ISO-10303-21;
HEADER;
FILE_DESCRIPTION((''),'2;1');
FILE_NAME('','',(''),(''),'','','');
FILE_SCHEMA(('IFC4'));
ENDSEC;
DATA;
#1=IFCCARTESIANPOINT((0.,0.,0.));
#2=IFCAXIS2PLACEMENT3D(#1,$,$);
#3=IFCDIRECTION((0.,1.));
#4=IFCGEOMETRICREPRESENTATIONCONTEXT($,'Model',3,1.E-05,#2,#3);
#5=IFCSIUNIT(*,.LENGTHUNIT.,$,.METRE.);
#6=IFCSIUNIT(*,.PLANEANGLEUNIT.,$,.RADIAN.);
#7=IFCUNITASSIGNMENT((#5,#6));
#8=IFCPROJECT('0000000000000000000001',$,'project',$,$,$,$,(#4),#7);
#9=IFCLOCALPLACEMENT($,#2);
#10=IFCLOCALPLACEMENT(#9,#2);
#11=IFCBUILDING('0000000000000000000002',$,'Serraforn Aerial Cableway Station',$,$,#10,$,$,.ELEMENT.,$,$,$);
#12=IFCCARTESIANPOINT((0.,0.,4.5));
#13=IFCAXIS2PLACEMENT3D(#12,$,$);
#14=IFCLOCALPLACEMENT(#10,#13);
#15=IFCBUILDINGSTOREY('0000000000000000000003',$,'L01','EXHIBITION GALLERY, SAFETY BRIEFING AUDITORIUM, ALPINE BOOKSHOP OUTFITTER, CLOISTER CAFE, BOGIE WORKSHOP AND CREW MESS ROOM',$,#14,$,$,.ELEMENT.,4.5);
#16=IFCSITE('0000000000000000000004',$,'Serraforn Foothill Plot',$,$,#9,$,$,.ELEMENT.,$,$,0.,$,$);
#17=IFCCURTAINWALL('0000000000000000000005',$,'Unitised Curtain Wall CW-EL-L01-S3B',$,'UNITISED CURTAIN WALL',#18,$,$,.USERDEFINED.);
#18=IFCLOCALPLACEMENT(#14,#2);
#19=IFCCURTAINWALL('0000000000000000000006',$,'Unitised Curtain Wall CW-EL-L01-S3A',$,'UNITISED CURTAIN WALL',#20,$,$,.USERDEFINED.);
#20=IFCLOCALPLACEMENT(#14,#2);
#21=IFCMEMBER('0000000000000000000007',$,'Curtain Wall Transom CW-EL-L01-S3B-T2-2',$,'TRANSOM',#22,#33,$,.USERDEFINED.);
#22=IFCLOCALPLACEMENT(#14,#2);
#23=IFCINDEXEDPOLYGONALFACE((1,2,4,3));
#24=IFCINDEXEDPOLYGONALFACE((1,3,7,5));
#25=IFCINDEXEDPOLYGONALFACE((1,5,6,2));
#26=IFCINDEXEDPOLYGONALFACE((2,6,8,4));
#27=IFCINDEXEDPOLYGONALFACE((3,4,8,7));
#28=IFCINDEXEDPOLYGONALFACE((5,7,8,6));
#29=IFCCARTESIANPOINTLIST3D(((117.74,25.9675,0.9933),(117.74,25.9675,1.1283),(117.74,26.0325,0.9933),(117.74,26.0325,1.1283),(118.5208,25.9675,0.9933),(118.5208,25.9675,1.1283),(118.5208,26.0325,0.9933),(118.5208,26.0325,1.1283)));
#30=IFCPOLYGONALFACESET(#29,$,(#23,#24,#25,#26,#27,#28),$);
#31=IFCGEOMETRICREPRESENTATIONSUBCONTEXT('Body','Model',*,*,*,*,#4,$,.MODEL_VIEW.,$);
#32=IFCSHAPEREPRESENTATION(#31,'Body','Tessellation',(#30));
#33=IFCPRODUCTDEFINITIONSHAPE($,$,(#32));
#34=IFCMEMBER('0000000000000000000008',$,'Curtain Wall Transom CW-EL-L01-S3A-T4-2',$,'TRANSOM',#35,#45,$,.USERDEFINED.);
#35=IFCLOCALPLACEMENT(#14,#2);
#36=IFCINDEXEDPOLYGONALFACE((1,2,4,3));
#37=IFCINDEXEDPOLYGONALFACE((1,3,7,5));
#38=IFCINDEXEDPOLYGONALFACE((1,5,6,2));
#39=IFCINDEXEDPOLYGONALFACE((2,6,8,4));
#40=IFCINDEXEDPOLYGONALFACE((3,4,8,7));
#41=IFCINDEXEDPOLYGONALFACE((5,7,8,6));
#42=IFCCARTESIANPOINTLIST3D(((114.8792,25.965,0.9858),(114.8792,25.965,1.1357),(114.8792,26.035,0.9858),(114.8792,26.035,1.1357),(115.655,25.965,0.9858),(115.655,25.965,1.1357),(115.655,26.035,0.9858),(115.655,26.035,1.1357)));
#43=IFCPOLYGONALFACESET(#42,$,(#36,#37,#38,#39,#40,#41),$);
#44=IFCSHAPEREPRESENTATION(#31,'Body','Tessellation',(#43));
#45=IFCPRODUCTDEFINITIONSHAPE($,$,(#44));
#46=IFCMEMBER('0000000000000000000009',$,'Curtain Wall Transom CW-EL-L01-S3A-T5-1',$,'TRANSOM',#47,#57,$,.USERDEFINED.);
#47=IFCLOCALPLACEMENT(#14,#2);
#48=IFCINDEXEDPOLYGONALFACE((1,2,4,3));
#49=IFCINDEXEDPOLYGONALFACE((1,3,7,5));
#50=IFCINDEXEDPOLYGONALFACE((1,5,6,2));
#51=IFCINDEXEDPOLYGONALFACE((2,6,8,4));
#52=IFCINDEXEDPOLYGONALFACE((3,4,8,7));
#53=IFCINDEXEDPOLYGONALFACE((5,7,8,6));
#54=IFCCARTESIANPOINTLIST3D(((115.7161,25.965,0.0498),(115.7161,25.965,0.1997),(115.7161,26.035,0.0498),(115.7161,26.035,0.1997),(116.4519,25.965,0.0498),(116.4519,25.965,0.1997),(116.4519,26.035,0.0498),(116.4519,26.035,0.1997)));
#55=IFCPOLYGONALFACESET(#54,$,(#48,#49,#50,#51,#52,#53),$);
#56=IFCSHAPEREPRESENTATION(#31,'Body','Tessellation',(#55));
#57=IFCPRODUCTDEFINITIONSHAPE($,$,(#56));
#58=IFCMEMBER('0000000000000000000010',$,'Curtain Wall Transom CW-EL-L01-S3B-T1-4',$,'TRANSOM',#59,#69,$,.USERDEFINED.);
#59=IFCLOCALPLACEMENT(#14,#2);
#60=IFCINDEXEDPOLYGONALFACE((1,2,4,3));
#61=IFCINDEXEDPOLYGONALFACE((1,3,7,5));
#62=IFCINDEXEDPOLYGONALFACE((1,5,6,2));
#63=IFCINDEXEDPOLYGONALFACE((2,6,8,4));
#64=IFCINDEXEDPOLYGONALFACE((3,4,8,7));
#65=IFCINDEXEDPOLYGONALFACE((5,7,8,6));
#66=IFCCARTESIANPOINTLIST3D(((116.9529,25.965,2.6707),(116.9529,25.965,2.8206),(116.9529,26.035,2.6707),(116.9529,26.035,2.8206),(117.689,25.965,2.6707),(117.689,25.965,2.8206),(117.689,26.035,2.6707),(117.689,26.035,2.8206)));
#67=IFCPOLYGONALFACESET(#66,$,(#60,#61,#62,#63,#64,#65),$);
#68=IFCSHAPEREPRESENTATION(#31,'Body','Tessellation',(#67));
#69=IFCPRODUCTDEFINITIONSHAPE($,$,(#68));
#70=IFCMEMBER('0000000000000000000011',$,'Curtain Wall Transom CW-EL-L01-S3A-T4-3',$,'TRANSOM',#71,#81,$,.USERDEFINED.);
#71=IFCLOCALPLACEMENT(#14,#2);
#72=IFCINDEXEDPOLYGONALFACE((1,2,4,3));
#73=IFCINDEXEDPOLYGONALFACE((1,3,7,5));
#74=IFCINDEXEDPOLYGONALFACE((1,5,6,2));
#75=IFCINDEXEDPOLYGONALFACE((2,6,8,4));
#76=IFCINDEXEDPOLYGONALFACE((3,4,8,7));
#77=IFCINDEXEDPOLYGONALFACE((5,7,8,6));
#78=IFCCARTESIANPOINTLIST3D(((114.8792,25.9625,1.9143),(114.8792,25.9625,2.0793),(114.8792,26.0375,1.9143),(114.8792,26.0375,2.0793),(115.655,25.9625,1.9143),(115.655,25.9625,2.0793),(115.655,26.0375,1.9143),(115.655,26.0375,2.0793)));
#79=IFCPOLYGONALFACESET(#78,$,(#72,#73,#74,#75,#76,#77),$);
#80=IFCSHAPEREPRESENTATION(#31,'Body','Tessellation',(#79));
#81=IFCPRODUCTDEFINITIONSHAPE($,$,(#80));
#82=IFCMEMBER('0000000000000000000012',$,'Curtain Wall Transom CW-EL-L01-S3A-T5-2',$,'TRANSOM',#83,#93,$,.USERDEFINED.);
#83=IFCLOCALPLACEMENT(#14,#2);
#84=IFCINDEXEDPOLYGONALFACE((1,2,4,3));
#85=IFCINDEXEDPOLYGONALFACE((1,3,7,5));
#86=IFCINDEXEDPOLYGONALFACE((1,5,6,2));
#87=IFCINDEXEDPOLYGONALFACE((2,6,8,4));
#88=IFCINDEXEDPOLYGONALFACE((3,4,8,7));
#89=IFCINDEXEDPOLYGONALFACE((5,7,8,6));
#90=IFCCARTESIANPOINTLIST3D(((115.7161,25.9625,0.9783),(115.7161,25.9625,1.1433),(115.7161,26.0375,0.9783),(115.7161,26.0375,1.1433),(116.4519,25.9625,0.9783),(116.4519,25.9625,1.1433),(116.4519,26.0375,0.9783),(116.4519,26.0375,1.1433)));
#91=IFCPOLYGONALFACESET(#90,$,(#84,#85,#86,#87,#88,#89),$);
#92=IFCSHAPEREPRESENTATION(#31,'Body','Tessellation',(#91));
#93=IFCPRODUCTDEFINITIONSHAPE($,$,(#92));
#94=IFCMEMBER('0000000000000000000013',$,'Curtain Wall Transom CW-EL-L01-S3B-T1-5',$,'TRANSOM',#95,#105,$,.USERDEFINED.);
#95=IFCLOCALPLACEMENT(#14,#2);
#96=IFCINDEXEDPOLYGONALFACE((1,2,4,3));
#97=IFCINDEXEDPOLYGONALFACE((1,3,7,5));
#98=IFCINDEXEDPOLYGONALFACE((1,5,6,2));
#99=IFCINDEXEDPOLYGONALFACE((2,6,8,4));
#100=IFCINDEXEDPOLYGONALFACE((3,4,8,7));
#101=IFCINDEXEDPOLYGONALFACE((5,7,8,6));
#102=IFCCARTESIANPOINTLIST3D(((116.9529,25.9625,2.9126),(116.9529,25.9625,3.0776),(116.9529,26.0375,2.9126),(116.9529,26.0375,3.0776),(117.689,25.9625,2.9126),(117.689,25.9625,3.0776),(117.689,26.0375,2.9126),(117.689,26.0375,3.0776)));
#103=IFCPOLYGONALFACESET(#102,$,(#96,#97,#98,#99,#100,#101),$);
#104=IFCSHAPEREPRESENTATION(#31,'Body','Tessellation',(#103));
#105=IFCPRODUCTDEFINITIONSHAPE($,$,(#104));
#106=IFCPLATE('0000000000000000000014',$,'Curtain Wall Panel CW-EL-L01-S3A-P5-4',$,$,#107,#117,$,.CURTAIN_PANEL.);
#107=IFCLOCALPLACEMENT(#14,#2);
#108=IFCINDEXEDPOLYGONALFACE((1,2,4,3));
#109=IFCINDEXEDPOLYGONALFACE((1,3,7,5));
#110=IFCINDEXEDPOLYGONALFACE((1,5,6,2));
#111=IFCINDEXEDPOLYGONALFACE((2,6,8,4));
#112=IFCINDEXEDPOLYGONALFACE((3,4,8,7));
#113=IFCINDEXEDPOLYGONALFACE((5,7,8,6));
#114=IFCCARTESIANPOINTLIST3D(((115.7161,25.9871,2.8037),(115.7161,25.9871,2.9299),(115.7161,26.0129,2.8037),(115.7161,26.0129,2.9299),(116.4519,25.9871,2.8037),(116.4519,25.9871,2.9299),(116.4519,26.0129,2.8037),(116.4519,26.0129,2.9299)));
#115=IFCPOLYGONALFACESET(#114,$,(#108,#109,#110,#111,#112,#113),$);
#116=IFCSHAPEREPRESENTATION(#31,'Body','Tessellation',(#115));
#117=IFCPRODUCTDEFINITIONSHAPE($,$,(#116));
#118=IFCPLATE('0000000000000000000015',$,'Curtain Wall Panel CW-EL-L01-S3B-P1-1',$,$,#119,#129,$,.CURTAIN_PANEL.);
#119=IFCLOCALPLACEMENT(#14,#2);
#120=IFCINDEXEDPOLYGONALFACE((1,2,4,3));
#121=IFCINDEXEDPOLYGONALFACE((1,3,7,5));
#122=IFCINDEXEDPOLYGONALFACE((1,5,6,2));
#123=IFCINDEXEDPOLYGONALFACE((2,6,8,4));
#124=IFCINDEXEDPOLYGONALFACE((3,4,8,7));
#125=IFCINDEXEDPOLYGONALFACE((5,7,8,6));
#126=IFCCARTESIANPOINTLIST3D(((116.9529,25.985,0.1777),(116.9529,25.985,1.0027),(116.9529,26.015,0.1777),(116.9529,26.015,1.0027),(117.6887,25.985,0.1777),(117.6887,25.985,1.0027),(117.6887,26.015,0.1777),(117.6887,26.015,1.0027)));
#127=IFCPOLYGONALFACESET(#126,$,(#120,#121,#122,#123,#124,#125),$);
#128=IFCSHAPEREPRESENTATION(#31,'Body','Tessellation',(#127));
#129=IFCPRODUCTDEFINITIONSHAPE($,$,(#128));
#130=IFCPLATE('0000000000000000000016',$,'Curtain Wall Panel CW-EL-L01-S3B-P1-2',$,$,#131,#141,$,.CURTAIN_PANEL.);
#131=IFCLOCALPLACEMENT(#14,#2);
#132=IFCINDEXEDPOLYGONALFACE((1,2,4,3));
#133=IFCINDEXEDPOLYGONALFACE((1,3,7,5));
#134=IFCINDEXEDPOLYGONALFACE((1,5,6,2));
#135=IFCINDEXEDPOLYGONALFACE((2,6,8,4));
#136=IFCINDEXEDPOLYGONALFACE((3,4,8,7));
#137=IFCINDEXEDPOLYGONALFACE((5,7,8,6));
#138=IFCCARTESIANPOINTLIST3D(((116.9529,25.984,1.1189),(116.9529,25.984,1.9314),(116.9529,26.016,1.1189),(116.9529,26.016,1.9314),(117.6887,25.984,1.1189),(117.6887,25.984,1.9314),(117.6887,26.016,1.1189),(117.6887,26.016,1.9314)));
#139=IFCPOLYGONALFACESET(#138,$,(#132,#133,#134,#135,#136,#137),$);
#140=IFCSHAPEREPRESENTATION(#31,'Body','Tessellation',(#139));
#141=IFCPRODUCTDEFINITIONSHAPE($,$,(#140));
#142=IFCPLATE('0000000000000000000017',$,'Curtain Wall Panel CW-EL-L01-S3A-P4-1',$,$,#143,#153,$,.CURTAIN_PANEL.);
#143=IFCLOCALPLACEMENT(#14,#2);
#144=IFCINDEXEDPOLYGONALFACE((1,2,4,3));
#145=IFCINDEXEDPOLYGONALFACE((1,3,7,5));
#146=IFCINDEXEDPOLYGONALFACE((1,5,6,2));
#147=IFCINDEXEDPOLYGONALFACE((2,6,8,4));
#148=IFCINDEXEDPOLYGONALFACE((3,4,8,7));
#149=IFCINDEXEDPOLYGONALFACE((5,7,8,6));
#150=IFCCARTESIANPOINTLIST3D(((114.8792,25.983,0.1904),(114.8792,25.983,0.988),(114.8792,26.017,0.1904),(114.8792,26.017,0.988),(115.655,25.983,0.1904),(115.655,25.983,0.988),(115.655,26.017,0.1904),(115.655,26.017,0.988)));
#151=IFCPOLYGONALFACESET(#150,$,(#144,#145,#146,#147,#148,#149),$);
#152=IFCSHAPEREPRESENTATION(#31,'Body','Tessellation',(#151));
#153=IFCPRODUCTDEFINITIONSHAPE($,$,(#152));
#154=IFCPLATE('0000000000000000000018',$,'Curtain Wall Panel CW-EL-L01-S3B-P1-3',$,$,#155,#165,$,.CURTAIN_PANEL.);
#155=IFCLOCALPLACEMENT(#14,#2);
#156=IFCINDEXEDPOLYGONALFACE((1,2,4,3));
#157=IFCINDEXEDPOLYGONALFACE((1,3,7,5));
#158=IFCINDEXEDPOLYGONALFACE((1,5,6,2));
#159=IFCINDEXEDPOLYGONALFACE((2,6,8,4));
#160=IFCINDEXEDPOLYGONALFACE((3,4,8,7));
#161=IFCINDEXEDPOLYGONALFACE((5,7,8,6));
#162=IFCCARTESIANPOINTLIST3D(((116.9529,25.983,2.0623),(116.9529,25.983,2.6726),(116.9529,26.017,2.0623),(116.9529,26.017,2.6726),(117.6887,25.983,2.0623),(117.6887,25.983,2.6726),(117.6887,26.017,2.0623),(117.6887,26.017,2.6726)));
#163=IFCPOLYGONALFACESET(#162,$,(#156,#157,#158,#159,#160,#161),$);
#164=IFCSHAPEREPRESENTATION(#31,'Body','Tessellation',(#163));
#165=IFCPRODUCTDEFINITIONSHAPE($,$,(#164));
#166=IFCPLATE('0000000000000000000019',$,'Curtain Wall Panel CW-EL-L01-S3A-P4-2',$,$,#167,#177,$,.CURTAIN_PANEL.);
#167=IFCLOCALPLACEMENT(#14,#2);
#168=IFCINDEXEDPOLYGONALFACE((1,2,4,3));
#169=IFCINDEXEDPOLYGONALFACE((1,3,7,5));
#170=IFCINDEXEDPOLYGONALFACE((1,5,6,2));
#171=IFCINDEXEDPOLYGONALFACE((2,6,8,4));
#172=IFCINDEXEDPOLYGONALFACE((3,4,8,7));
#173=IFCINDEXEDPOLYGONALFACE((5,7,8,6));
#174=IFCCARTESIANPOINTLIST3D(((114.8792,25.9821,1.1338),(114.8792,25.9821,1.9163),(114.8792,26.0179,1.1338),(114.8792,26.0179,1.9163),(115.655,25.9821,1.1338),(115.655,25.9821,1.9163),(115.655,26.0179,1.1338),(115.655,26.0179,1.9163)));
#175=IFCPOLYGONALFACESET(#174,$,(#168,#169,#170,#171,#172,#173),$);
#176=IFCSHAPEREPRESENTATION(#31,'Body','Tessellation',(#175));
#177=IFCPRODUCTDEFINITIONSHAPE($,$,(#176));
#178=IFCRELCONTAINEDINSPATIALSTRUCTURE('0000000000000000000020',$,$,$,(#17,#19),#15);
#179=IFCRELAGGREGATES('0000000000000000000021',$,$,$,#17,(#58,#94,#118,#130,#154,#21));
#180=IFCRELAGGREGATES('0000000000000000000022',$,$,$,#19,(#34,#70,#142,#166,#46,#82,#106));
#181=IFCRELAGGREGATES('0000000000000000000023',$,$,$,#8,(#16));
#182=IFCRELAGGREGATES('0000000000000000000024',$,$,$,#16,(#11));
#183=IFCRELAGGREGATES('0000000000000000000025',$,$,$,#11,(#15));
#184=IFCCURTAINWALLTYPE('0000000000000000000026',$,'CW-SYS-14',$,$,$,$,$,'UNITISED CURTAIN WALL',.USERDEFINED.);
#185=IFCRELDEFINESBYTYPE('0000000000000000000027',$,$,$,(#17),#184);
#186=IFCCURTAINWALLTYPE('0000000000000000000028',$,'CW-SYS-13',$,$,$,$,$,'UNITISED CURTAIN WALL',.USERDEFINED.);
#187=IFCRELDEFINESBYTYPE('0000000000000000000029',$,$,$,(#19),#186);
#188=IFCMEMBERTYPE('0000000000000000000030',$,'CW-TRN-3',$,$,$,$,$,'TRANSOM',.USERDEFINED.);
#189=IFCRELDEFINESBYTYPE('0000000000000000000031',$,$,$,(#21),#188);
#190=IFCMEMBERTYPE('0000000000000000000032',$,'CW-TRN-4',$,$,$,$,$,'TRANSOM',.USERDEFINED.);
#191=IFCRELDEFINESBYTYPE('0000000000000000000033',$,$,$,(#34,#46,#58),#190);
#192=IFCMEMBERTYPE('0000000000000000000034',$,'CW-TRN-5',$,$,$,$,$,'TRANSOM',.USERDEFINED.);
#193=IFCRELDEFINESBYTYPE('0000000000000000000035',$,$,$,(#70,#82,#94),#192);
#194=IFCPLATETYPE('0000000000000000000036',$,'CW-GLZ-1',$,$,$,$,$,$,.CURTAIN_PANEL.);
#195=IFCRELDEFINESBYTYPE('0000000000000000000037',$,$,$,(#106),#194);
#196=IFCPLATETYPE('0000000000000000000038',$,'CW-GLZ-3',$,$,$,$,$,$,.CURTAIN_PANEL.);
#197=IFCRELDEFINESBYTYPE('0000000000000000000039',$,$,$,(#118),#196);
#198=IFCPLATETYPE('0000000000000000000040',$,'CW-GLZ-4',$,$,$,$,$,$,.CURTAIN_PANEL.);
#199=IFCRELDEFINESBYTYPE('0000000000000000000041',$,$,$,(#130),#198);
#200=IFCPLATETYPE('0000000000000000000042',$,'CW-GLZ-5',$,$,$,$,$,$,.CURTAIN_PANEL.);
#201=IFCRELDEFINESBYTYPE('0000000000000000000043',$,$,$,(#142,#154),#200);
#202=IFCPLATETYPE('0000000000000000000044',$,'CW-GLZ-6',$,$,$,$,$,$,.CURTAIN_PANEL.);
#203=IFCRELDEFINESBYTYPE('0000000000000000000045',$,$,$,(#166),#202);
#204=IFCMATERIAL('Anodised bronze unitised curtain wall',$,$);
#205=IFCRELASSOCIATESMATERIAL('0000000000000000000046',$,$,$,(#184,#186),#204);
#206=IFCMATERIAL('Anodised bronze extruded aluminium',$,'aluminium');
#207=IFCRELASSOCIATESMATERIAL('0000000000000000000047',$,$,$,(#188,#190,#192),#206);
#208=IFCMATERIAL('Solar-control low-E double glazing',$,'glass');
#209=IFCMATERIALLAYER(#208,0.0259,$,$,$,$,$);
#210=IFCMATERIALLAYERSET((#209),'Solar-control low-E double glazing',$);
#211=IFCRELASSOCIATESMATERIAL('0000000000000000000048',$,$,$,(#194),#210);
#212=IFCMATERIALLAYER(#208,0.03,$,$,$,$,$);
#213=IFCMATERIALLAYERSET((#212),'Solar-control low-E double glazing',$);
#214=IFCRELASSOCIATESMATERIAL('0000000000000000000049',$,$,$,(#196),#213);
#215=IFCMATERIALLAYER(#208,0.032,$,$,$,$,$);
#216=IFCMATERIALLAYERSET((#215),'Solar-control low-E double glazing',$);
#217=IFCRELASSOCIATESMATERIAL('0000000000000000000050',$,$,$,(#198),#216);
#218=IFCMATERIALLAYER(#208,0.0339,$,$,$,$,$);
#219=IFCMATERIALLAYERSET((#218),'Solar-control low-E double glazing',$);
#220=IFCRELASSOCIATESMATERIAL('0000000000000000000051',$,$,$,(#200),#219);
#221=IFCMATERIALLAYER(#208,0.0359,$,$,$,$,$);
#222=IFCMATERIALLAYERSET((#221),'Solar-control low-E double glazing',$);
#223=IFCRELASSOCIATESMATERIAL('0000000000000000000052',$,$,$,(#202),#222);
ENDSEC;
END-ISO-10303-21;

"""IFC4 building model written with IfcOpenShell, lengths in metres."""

from ifc_helpers import new_model, si_unit, direction, frame, origin, origin_2d, place, context, subcontext, project, spatial, rectangle, extrude, material, layer, layer_set, material_profile, profile_set, type_object, element, aggregate, save


model = new_model("IFC4")

# Units and contexts
model_context = context("Model", 3, precision=1e-05, world=origin(), true_north=direction((0.0, 1.0)))
body_context = subcontext(model_context, "Body", "Model", "MODEL_VIEW")
ifc_project = project(units=[si_unit("LENGTHUNIT", "METRE"), si_unit("PLANEANGLEUNIT", "RADIAN")], contexts=[model_context])

# Site, building, storey
site_placement = place(None, origin())
site = spatial("IfcSite", under=ifc_project, at=site_placement, Name="Serraforn Foothill Plot", CompositionType="ELEMENT", RefElevation=0.0)
building_placement = place(site_placement, origin())
building = spatial("IfcBuilding", under=site, at=building_placement, Name="Serraforn Aerial Cableway Station", CompositionType="ELEMENT")
storey_placement = place(building_placement, frame((0.0, 0.0, 4.5)))
storey = spatial("IfcBuildingStorey", under=building, at=storey_placement, Name="L01", Description="EXHIBITION GALLERY, SAFETY BRIEFING AUDITORIUM, ALPINE BOOKSHOP OUTFITTER, CLOISTER CAFE, BOGIE WORKSHOP AND CREW MESS ROOM", CompositionType="ELEMENT", Elevation=4.5)

# Curtain wall
ifc_material_1 = material(Name="Anodised bronze unitised curtain wall")
curtain_wall_type_1 = type_object("IfcCurtainWallType", Name="CW-SYS-14", ElementType="UNITISED CURTAIN WALL", PredefinedType="USERDEFINED", material=ifc_material_1)
curtain_wall_1_placement = place(storey_placement, origin())
curtain_wall_1 = element("IfcCurtainWall", 1, at=curtain_wall_1_placement, inside=storey, type_object=curtain_wall_type_1, Name="Unitised Curtain Wall CW-EL-L01-S3B", ObjectType="UNITISED CURTAIN WALL", PredefinedType="USERDEFINED")
ifc_material_2 = material(Name="Anodised bronze extruded aluminium", Category="aluminium")

# Curtain wall
curtain_wall_type_2 = type_object("IfcCurtainWallType", Name="CW-SYS-13", ElementType="UNITISED CURTAIN WALL", PredefinedType="USERDEFINED", material=ifc_material_1)
curtain_wall_2_placement = place(storey_placement, origin())
curtain_wall_2 = element("IfcCurtainWall", 2, at=curtain_wall_2_placement, inside=storey, type_object=curtain_wall_type_2, Name="Unitised Curtain Wall CW-EL-L01-S3A", ObjectType="UNITISED CURTAIN WALL", PredefinedType="USERDEFINED")

# Members
ifc_material_profile_1 = material_profile(ifc_material_2, rectangle(XDim=0.0649, YDim=0.135, at=origin_2d()), Name="CW TRANSOM 65x135")
ifc_profile_set_1 = profile_set([ifc_material_profile_1], Name="Anodised bronze extruded aluminium")
member_type_1 = type_object("IfcMemberType", Name="CW-TRN-3", ElementType="TRANSOM", PredefinedType="USERDEFINED", material=ifc_profile_set_1)
member_1_placement = place(storey_placement, frame((117.74, 26.0, 1.0608), z_axis=(1.0, 0.0, 0.0), x_axis=(0.0, 1.0, 0.0)))
member_1 = element("IfcMember", 3, at=member_1_placement, type_object=member_type_1, Name="Curtain Wall Transom CW-EL-L01-S3B-T2-2", ObjectType="TRANSOM", PredefinedType="USERDEFINED", context=body_context, shape_type="SweptSolid", body=[
    extrude(rectangle(XDim=0.0649, YDim=0.135, at=origin_2d()), origin(), (0.0, 0.0, 1.0), 0.7808),
])
ifc_material_profile_2 = material_profile(ifc_material_2, rectangle(XDim=0.0701, YDim=0.1499, at=origin_2d()), Name="CW TRANSOM 70x150")
ifc_profile_set_2 = profile_set([ifc_material_profile_2], Name="Anodised bronze extruded aluminium")
member_type_2 = type_object("IfcMemberType", Name="CW-TRN-4", ElementType="TRANSOM", PredefinedType="USERDEFINED", material=ifc_profile_set_2)
member_2_placement = place(storey_placement, frame((114.8792, 26.0, 1.0608), z_axis=(1.0, 0.0, 0.0), x_axis=(0.0, 1.0, 0.0)))
member_2 = element("IfcMember", 4, at=member_2_placement, type_object=member_type_2, Name="Curtain Wall Transom CW-EL-L01-S3A-T4-2", ObjectType="TRANSOM", PredefinedType="USERDEFINED", context=body_context, shape_type="SweptSolid", body=[
    extrude(rectangle(XDim=0.0701, YDim=0.1499, at=origin_2d()), origin(), (0.0, 0.0, 1.0), 0.7759),
])
member_3_placement = place(storey_placement, frame((115.7161, 26.0, 0.1248), z_axis=(1.0, 0.0, 0.0), x_axis=(0.0, 1.0, 0.0)))
member_3 = element("IfcMember", 5, at=member_3_placement, type_object=member_type_2, Name="Curtain Wall Transom CW-EL-L01-S3A-T5-1", ObjectType="TRANSOM", PredefinedType="USERDEFINED", context=body_context, shape_type="SweptSolid", body=[
    extrude(rectangle(XDim=0.0701, YDim=0.1499, at=origin_2d()), origin(), (0.0, 0.0, 1.0), 0.7358),
])
member_4_placement = place(storey_placement, frame((116.9529, 26.0, 2.7456), z_axis=(1.0, 0.0, 0.0), x_axis=(0.0, 1.0, 0.0)))
member_4 = element("IfcMember", 6, at=member_4_placement, type_object=member_type_2, Name="Curtain Wall Transom CW-EL-L01-S3B-T1-4", ObjectType="TRANSOM", PredefinedType="USERDEFINED", context=body_context, shape_type="SweptSolid", body=[
    extrude(rectangle(XDim=0.0701, YDim=0.1499, at=origin_2d()), origin(), (0.0, 0.0, 1.0), 0.7361),
])
ifc_material_profile_3 = material_profile(ifc_material_2, rectangle(XDim=0.075, YDim=0.165, at=origin_2d()), Name="CW TRANSOM 75x165")
ifc_profile_set_3 = profile_set([ifc_material_profile_3], Name="Anodised bronze extruded aluminium")
member_type_3 = type_object("IfcMemberType", Name="CW-TRN-5", ElementType="TRANSOM", PredefinedType="USERDEFINED", material=ifc_profile_set_3)
member_5_placement = place(storey_placement, frame((114.8792, 26.0, 1.9968), z_axis=(1.0, 0.0, 0.0), x_axis=(0.0, 1.0, 0.0)))
member_5 = element("IfcMember", 7, at=member_5_placement, type_object=member_type_3, Name="Curtain Wall Transom CW-EL-L01-S3A-T4-3", ObjectType="TRANSOM", PredefinedType="USERDEFINED", context=body_context, shape_type="SweptSolid", body=[
    extrude(rectangle(XDim=0.075, YDim=0.165, at=origin_2d()), origin(), (0.0, 0.0, 1.0), 0.7759),
])
member_6_placement = place(storey_placement, frame((115.7161, 26.0, 1.0608), z_axis=(1.0, 0.0, 0.0), x_axis=(0.0, 1.0, 0.0)))
member_6 = element("IfcMember", 8, at=member_6_placement, type_object=member_type_3, Name="Curtain Wall Transom CW-EL-L01-S3A-T5-2", ObjectType="TRANSOM", PredefinedType="USERDEFINED", context=body_context, shape_type="SweptSolid", body=[
    extrude(rectangle(XDim=0.075, YDim=0.165, at=origin_2d()), origin(), (0.0, 0.0, 1.0), 0.7358),
])
member_7_placement = place(storey_placement, frame((116.9529, 26.0, 2.9951), z_axis=(1.0, 0.0, 0.0), x_axis=(0.0, 1.0, 0.0)))
member_7 = element("IfcMember", 9, at=member_7_placement, type_object=member_type_3, Name="Curtain Wall Transom CW-EL-L01-S3B-T1-5", ObjectType="TRANSOM", PredefinedType="USERDEFINED", context=body_context, shape_type="SweptSolid", body=[
    extrude(rectangle(XDim=0.075, YDim=0.165, at=origin_2d()), origin(), (0.0, 0.0, 1.0), 0.7361),
])

# Plates
ifc_material_3 = material(Name="Solar-control low-E double glazing", Category="glass")
ifc_layer_1 = layer(ifc_material_3, 0.0259)
ifc_layer_set_1 = layer_set([ifc_layer_1], Name="Solar-control low-E double glazing")
plate_type_1 = type_object("IfcPlateType", Name="CW-GLZ-1", PredefinedType="CURTAIN_PANEL", material=ifc_layer_set_1)
plate_1_placement = place(storey_placement, frame((116.084, 26.0, 2.8037), z_axis=(0.0, 0.0, 1.0), x_axis=(1.0, 0.0, 0.0)))
plate_1 = element("IfcPlate", 10, at=plate_1_placement, type_object=plate_type_1, Name="Curtain Wall Panel CW-EL-L01-S3A-P5-4", PredefinedType="CURTAIN_PANEL", context=body_context, shape_type="SweptSolid", body=[
    extrude(rectangle(XDim=0.7358, YDim=0.0259, at=origin_2d()), origin(), (0.0, 0.0, 1.0), 0.1262),
])
ifc_layer_2 = layer(ifc_material_3, 0.03)
ifc_layer_set_2 = layer_set([ifc_layer_2], Name="Solar-control low-E double glazing")
plate_type_2 = type_object("IfcPlateType", Name="CW-GLZ-3", PredefinedType="CURTAIN_PANEL", material=ifc_layer_set_2)
plate_2_placement = place(storey_placement, frame((117.3208, 26.0, 0.1777), z_axis=(0.0, 0.0, 1.0), x_axis=(1.0, 0.0, 0.0)))
plate_2 = element("IfcPlate", 11, at=plate_2_placement, type_object=plate_type_2, Name="Curtain Wall Panel CW-EL-L01-S3B-P1-1", PredefinedType="CURTAIN_PANEL", context=body_context, shape_type="SweptSolid", body=[
    extrude(rectangle(XDim=0.7358, YDim=0.03, at=origin_2d()), origin(), (0.0, 0.0, 1.0), 0.825),
])
ifc_layer_3 = layer(ifc_material_3, 0.032)
ifc_layer_set_3 = layer_set([ifc_layer_3], Name="Solar-control low-E double glazing")
plate_type_3 = type_object("IfcPlateType", Name="CW-GLZ-4", PredefinedType="CURTAIN_PANEL", material=ifc_layer_set_3)
plate_3_placement = place(storey_placement, frame((117.3208, 26.0, 1.1189), z_axis=(0.0, 0.0, 1.0), x_axis=(1.0, 0.0, 0.0)))
plate_3 = element("IfcPlate", 12, at=plate_3_placement, type_object=plate_type_3, Name="Curtain Wall Panel CW-EL-L01-S3B-P1-2", PredefinedType="CURTAIN_PANEL", context=body_context, shape_type="SweptSolid", body=[
    extrude(rectangle(XDim=0.7358, YDim=0.032, at=origin_2d()), origin(), (0.0, 0.0, 1.0), 0.8125),
])
ifc_layer_4 = layer(ifc_material_3, 0.0339)
ifc_layer_set_4 = layer_set([ifc_layer_4], Name="Solar-control low-E double glazing")
plate_type_4 = type_object("IfcPlateType", Name="CW-GLZ-5", PredefinedType="CURTAIN_PANEL", material=ifc_layer_set_4)
plate_4_placement = place(storey_placement, frame((115.2671, 26.0, 0.1904), z_axis=(0.0, 0.0, 1.0), x_axis=(1.0, 0.0, 0.0)))
plate_4 = element("IfcPlate", 13, at=plate_4_placement, type_object=plate_type_4, Name="Curtain Wall Panel CW-EL-L01-S3A-P4-1", PredefinedType="CURTAIN_PANEL", context=body_context, shape_type="SweptSolid", body=[
    extrude(rectangle(XDim=0.7759, YDim=0.0339, at=origin_2d()), origin(), (0.0, 0.0, 1.0), 0.7976),
])
plate_5_placement = place(storey_placement, frame((117.3208, 26.0, 2.0623), z_axis=(0.0, 0.0, 1.0), x_axis=(1.0, 0.0, 0.0)))
plate_5 = element("IfcPlate", 14, at=plate_5_placement, type_object=plate_type_4, Name="Curtain Wall Panel CW-EL-L01-S3B-P1-3", PredefinedType="CURTAIN_PANEL", context=body_context, shape_type="SweptSolid", body=[
    extrude(rectangle(XDim=0.7358, YDim=0.0339, at=origin_2d()), origin(), (0.0, 0.0, 1.0), 0.6104),
])
aggregate(curtain_wall_1, [member_4, member_7, plate_2, plate_3, plate_5, member_1])
ifc_layer_5 = layer(ifc_material_3, 0.0359)
ifc_layer_set_5 = layer_set([ifc_layer_5], Name="Solar-control low-E double glazing")
plate_type_5 = type_object("IfcPlateType", Name="CW-GLZ-6", PredefinedType="CURTAIN_PANEL", material=ifc_layer_set_5)
plate_6_placement = place(storey_placement, frame((115.2671, 26.0, 1.1338), z_axis=(0.0, 0.0, 1.0), x_axis=(1.0, 0.0, 0.0)))
plate_6 = element("IfcPlate", 15, at=plate_6_placement, type_object=plate_type_5, Name="Curtain Wall Panel CW-EL-L01-S3A-P4-2", PredefinedType="CURTAIN_PANEL", context=body_context, shape_type="SweptSolid", body=[
    extrude(rectangle(XDim=0.7759, YDim=0.0359, at=origin_2d()), origin(), (0.0, 0.0, 1.0), 0.7825),
])
aggregate(curtain_wall_2, [member_2, member_5, plate_4, plate_6, member_3, member_6, plate_1])

save(model, "model.ifc")
